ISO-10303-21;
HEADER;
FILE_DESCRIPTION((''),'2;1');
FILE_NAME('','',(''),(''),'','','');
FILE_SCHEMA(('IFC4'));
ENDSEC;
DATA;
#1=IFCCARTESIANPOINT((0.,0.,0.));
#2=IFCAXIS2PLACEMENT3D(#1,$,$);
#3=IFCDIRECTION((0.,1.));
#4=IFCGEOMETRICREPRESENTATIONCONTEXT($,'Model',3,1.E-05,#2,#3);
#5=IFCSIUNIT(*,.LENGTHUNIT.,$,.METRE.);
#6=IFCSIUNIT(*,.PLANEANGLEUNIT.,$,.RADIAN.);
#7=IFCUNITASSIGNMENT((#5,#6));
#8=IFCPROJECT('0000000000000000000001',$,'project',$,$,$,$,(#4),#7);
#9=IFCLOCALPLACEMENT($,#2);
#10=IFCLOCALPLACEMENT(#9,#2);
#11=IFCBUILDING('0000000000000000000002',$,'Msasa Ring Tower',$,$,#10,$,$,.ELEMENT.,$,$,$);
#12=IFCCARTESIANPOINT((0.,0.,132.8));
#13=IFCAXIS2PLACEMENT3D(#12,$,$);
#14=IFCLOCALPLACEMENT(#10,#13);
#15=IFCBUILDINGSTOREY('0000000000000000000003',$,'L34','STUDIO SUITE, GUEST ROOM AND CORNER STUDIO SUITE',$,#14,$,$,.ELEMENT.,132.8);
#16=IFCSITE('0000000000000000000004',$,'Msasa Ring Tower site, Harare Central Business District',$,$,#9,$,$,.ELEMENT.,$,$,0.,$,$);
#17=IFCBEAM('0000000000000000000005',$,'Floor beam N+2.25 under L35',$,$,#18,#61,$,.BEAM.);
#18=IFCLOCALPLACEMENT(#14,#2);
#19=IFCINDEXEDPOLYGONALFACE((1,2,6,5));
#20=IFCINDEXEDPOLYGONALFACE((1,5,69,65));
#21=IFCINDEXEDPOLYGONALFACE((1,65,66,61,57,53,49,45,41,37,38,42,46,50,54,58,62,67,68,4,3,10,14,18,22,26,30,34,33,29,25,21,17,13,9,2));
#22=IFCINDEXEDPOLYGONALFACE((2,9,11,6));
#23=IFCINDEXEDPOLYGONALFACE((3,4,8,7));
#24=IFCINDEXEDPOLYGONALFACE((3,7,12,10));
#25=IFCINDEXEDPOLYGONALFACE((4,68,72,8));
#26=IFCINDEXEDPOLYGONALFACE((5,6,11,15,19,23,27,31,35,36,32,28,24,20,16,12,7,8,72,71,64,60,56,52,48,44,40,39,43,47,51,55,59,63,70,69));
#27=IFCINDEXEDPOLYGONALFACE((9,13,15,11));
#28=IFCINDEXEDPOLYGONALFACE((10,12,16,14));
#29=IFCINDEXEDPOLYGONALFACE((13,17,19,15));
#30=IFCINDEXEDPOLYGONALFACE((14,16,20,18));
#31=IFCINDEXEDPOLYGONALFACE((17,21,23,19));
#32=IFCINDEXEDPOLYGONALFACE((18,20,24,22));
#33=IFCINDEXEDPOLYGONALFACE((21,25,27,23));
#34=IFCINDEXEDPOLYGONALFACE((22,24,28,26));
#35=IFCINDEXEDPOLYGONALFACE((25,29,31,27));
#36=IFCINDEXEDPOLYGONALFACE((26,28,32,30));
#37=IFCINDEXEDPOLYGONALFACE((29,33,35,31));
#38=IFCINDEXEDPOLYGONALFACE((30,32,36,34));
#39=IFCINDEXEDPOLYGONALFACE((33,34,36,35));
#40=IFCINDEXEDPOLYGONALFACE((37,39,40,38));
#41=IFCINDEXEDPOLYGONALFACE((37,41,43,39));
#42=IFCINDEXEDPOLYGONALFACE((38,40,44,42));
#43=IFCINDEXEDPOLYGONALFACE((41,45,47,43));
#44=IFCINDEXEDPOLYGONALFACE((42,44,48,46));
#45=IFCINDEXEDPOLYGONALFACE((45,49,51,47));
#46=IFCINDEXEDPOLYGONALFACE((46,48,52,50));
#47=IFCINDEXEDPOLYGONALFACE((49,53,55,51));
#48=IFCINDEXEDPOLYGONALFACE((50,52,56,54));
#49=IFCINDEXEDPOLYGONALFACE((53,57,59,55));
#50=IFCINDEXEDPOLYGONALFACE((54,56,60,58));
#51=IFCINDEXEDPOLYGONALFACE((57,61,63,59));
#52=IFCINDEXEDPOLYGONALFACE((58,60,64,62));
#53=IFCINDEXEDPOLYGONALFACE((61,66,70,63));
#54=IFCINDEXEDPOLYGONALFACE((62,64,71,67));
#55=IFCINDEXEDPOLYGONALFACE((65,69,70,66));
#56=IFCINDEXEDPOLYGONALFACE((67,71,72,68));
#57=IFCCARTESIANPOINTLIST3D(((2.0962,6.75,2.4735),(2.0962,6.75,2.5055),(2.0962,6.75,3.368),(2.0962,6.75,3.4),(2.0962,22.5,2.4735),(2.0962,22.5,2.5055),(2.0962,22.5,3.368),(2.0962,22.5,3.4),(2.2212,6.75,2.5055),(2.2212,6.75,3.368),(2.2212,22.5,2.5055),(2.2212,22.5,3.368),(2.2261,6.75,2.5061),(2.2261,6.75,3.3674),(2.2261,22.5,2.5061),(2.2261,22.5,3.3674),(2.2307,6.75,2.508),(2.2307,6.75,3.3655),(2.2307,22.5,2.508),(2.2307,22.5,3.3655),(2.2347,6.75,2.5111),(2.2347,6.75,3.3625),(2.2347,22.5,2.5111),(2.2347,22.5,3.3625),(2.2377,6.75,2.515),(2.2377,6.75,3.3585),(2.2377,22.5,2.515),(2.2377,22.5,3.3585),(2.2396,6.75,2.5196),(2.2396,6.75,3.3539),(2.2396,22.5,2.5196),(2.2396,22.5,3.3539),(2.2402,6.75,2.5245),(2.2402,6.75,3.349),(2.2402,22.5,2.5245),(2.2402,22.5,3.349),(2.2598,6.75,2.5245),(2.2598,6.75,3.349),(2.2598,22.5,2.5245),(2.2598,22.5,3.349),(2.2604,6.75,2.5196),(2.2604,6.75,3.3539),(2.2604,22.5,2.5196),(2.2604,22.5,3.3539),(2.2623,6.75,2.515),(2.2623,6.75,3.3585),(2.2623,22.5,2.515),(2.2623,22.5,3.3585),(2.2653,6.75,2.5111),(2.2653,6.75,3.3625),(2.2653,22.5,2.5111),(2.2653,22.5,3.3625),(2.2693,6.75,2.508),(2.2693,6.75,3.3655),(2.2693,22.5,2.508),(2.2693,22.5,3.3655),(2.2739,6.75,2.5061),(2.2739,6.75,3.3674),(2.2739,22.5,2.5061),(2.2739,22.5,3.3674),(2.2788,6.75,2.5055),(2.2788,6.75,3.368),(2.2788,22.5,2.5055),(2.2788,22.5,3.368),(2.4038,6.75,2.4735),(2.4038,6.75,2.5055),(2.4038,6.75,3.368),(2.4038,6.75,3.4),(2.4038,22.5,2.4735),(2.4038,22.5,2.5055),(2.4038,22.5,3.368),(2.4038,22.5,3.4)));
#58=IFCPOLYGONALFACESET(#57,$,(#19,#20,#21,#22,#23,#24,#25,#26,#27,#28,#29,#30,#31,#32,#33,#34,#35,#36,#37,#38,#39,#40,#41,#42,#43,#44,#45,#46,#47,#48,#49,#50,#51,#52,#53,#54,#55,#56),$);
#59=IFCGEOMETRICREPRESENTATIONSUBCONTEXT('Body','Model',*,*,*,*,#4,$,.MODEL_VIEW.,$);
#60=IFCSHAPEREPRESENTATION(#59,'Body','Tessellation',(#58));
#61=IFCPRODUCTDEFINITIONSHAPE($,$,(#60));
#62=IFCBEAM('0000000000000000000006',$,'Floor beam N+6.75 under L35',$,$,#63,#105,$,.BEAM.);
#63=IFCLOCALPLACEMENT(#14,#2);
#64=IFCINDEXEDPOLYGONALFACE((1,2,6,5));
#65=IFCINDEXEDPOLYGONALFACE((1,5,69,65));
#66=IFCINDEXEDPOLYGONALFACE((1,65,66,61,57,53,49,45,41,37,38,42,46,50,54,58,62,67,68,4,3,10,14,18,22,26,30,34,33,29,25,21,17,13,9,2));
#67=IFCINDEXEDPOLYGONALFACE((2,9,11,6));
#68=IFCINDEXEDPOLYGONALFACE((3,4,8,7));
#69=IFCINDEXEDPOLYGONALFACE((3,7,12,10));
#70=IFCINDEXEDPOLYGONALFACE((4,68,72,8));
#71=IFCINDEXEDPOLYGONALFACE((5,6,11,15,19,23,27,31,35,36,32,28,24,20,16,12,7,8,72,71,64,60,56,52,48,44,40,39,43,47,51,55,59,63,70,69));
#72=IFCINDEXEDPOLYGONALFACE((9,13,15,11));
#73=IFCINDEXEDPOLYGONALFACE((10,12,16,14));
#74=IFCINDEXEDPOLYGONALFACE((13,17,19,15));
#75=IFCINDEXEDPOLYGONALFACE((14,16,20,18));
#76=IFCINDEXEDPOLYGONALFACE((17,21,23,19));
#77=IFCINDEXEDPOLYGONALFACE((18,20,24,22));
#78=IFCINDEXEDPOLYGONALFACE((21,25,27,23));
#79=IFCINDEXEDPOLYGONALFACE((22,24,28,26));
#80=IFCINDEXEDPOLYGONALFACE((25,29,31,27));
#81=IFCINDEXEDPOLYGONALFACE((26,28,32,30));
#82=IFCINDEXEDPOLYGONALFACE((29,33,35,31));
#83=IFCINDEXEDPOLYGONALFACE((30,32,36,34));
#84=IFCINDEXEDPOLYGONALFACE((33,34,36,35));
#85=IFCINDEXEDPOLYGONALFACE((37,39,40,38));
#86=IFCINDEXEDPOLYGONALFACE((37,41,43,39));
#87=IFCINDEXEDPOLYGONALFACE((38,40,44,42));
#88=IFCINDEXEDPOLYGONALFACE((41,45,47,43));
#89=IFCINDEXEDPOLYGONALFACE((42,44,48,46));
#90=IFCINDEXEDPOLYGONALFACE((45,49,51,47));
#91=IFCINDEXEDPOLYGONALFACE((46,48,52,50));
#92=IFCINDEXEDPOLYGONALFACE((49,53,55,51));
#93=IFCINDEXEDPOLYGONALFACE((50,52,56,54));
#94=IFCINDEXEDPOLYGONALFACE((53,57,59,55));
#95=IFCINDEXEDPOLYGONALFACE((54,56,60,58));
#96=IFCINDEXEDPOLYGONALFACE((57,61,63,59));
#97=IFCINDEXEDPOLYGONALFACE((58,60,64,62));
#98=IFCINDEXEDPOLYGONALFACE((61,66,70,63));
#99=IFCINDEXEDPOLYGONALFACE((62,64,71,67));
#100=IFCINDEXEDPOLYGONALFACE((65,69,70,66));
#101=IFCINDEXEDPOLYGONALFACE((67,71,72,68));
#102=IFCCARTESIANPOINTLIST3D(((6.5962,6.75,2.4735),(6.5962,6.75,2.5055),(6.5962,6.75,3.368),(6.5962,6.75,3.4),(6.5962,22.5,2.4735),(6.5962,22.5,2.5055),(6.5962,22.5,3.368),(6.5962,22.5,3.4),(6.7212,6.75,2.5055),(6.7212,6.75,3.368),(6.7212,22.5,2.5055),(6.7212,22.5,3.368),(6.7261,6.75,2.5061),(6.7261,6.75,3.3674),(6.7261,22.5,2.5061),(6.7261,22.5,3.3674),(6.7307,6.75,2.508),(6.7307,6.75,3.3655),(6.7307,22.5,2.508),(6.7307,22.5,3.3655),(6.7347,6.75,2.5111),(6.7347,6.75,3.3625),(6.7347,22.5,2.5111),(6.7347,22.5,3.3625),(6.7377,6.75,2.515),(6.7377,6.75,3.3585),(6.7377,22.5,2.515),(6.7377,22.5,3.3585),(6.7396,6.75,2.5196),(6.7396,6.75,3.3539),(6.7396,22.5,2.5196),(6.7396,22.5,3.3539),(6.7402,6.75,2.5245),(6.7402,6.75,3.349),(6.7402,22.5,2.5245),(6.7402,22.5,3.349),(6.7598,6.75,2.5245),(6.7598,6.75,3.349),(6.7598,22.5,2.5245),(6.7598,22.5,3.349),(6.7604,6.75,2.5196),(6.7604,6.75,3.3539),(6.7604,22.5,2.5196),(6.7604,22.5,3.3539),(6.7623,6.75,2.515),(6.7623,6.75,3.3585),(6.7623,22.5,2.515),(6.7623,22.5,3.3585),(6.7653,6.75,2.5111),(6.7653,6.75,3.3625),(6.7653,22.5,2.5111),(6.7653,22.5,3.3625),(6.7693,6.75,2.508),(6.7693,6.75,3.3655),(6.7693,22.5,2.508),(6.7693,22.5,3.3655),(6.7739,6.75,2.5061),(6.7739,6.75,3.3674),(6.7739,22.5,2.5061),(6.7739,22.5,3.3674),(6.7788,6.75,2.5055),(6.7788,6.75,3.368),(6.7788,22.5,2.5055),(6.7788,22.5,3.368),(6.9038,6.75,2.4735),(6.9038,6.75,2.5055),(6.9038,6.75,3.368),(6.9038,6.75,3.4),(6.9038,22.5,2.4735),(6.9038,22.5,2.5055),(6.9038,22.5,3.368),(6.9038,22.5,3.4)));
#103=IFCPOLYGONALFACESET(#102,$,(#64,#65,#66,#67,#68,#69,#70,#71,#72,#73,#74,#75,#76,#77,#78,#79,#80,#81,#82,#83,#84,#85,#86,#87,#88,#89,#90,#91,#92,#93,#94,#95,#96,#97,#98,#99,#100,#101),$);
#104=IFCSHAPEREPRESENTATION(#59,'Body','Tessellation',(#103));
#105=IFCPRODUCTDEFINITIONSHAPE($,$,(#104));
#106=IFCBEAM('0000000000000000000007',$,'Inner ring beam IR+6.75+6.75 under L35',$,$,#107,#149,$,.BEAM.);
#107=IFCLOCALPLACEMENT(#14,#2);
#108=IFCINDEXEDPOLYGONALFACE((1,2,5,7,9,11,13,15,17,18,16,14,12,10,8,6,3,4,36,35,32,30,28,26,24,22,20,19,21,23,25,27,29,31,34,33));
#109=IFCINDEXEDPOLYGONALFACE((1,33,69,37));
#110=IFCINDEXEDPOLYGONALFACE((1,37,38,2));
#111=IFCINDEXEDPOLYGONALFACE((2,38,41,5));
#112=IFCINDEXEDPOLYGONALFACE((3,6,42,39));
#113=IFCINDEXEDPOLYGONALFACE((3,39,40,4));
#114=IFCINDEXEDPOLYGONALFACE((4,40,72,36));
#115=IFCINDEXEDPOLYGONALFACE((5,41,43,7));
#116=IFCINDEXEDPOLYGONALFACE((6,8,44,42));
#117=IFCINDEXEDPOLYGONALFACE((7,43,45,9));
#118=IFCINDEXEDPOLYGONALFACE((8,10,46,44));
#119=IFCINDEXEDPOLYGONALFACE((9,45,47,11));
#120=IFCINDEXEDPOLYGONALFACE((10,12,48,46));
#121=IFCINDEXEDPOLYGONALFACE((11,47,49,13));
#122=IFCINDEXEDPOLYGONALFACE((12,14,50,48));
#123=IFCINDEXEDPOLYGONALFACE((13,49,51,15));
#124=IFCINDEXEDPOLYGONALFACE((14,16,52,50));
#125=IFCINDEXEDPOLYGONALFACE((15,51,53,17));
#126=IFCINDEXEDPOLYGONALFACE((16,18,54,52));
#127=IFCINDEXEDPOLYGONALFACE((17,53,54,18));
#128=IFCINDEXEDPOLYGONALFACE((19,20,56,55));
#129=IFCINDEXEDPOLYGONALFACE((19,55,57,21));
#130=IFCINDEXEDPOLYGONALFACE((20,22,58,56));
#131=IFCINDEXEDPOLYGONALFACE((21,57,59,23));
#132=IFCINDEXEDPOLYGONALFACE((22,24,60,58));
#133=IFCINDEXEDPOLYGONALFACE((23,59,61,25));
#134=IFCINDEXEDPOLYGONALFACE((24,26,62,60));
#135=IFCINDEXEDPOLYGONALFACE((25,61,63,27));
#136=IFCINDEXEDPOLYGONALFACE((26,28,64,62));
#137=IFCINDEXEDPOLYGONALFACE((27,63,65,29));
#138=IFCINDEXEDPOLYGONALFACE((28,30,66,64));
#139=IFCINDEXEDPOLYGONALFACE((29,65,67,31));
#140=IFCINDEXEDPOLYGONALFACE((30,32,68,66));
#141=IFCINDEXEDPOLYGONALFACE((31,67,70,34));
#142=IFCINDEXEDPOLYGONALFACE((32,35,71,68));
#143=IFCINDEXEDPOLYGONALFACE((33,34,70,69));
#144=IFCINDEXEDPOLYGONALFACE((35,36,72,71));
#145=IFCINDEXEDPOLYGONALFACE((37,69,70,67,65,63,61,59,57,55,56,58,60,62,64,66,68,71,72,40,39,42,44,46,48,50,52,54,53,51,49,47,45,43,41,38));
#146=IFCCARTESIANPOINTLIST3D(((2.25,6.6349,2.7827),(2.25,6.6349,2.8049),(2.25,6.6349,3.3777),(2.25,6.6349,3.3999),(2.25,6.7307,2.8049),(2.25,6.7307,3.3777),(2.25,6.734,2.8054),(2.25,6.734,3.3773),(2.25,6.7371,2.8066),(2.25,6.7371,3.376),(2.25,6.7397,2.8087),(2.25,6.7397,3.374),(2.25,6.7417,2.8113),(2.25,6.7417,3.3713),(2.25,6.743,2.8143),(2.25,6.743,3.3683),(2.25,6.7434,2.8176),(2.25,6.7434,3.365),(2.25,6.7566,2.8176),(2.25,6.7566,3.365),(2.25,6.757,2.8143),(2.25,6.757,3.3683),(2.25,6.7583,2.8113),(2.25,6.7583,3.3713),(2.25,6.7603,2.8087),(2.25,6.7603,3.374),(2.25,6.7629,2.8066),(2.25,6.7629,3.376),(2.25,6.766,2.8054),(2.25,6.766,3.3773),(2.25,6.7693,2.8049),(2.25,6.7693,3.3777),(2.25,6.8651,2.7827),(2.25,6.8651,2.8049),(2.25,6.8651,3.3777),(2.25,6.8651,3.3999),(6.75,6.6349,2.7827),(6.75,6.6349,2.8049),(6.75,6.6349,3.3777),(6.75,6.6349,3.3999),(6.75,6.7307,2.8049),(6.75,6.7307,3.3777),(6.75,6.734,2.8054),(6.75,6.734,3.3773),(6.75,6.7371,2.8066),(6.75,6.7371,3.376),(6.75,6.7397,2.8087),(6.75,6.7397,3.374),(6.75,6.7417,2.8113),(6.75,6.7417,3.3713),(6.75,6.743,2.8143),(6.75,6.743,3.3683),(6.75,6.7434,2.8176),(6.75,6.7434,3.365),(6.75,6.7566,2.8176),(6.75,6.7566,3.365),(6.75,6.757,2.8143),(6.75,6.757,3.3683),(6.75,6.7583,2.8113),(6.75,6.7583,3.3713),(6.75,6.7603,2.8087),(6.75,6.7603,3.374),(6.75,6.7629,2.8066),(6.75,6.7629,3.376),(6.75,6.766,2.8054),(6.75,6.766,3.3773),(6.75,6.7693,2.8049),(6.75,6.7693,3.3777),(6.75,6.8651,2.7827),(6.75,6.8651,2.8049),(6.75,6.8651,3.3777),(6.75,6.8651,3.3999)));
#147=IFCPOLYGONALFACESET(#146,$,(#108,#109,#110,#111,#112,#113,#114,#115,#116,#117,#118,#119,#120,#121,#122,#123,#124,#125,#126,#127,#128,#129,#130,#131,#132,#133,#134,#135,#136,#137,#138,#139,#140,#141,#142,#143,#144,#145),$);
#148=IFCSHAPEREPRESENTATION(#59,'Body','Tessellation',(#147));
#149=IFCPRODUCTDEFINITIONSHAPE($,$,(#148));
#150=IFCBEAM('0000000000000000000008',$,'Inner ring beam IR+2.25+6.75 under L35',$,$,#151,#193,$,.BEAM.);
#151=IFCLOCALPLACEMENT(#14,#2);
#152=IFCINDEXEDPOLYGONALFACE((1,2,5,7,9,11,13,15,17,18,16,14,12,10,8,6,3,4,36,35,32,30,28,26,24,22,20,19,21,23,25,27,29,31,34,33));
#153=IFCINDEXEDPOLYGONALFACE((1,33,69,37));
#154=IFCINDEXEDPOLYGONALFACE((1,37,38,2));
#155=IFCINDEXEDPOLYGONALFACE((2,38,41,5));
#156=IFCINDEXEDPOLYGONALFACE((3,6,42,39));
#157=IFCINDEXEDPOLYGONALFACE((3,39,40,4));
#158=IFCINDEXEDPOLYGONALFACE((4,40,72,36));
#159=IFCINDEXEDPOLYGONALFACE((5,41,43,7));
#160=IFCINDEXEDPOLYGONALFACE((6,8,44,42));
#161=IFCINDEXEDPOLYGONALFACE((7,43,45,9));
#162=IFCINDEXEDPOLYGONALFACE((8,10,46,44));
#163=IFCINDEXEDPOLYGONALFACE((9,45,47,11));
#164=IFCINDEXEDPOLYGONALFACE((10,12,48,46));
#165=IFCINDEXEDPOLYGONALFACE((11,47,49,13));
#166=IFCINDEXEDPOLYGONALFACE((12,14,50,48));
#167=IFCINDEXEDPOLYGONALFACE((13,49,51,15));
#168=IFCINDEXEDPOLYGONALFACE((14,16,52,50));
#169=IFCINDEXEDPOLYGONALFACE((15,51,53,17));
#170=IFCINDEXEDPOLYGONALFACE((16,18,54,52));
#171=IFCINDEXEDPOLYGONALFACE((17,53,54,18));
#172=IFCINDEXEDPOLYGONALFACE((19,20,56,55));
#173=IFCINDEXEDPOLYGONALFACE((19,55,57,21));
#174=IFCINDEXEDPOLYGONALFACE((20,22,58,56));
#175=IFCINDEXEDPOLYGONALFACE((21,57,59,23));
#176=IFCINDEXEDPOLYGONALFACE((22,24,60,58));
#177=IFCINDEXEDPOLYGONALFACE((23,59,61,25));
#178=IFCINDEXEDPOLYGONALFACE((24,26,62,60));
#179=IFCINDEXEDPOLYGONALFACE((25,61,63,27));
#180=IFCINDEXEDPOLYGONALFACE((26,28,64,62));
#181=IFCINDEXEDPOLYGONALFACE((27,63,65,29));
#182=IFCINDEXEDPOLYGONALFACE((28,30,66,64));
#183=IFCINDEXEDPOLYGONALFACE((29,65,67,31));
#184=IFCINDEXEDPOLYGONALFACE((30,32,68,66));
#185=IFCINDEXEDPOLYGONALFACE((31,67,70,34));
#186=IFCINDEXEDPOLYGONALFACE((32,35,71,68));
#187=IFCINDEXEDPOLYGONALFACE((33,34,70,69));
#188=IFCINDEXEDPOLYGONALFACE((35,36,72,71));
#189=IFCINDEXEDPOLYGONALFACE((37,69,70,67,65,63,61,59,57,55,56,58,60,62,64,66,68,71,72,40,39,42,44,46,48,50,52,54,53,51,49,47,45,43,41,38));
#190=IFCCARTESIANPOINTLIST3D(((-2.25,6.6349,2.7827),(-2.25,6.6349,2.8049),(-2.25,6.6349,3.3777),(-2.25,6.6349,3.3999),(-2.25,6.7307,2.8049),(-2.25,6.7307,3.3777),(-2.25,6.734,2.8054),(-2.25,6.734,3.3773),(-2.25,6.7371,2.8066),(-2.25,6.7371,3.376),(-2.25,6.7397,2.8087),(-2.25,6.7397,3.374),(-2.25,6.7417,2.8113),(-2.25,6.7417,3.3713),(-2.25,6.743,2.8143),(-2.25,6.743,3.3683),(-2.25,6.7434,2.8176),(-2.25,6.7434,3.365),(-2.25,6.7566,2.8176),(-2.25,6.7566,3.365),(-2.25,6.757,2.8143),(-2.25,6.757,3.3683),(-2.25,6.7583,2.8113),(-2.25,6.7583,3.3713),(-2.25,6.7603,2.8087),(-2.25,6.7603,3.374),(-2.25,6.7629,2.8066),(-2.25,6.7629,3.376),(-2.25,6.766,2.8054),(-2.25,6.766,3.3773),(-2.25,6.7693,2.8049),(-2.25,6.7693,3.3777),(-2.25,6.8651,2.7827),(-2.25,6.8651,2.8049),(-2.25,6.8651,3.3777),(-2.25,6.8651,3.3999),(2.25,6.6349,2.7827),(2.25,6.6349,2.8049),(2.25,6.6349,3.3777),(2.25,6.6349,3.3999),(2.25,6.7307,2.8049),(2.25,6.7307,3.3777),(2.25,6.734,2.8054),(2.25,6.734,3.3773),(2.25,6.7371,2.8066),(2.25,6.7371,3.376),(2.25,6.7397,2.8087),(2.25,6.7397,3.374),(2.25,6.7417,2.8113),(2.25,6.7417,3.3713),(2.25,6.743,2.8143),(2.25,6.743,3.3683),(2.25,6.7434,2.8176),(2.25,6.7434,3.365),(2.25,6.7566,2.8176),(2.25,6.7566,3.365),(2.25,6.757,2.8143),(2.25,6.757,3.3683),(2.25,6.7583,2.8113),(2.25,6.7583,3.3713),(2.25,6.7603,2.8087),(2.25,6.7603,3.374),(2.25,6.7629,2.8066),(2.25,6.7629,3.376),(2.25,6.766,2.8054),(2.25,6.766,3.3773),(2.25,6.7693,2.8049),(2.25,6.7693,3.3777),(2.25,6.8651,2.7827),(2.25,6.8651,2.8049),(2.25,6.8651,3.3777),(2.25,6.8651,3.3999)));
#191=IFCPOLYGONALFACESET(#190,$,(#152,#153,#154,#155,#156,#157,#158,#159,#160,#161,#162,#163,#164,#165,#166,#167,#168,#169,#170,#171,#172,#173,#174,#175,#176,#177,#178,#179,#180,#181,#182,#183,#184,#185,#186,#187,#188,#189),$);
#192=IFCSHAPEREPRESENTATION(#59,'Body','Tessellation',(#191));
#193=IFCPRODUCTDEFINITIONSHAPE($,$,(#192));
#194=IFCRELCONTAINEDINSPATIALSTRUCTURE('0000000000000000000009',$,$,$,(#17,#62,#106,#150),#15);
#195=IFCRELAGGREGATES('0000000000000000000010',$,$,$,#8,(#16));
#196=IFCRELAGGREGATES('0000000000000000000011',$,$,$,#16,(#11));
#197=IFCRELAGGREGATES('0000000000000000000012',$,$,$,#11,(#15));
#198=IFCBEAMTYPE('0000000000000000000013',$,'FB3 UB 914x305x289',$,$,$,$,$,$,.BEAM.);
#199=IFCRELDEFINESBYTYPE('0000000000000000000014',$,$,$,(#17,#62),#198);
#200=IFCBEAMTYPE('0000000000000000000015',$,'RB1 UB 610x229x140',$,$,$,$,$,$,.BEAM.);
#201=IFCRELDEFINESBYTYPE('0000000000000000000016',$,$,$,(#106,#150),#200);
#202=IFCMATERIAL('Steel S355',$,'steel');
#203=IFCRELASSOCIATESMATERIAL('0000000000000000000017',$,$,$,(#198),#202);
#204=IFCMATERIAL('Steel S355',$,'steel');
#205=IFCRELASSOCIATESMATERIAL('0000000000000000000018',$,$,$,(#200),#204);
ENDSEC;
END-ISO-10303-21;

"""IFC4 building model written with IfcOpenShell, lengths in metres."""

from ifc_helpers import new_model, si_unit, direction, frame, origin, origin_2d, place, context, subcontext, project, spatial, i_section, extrude, material, material_profile, profile_set, type_object, element, save


model = new_model("IFC4")

# Units and contexts
model_context = context("Model", 3, precision=1e-05, world=origin(), true_north=direction((0.0, 1.0)))
body_context = subcontext(model_context, "Body", "Model", "MODEL_VIEW")
ifc_project = project(units=[si_unit("LENGTHUNIT", "METRE"), si_unit("PLANEANGLEUNIT", "RADIAN")], contexts=[model_context])

# Site, building, storey
site_placement = place(None, origin())
site = spatial("IfcSite", under=ifc_project, at=site_placement, Name="Msasa Ring Tower site, Harare Central Business District", CompositionType="ELEMENT", RefElevation=0.0)
building_placement = place(site_placement, origin())
building = spatial("IfcBuilding", under=site, at=building_placement, Name="Msasa Ring Tower", CompositionType="ELEMENT")
storey_placement = place(building_placement, frame((0.0, 0.0, 132.8)))
storey = spatial("IfcBuildingStorey", under=building, at=storey_placement, Name="L34", Description="STUDIO SUITE, GUEST ROOM AND CORNER STUDIO SUITE", CompositionType="ELEMENT", Elevation=132.8)

# Beams
ifc_material_1 = material(Name="Steel S355", Category="steel")
ifc_material_profile_1 = material_profile(ifc_material_1, i_section(OverallWidth=0.3076, OverallDepth=0.9265, WebThickness=0.0195, FlangeThickness=0.032, FilletRadius=0.019, at=origin_2d()), Name="UB 914x305x289")
ifc_profile_set_1 = profile_set([ifc_material_profile_1], Name="Steel S355")
beam_type_1 = type_object("IfcBeamType", Name="FB3 UB 914x305x289", PredefinedType="BEAM", material=ifc_profile_set_1)
for number, where, z_axis, x_axis, name in (
    (1, (2.25, 22.5, 2.9368), (0.0, -1.0, 0.0), (1.0, 0.0, 0.0), "Floor beam N+2.25 under L35"),
    (2, (6.75, 22.5, 2.9368), (0.0, -1.0, 0.0), (1.0, 0.0, 0.0), "Floor beam N+6.75 under L35"),
):
    element("IfcBeam", number, at=place(storey_placement, frame(where, z_axis=z_axis, x_axis=x_axis)), inside=storey, type_object=beam_type_1, Name=name, PredefinedType="BEAM", context=body_context, shape_type="SweptSolid", body=[
        extrude(i_section(OverallWidth=0.3076, OverallDepth=0.9265, WebThickness=0.0195, FlangeThickness=0.032, FilletRadius=0.019, at=origin_2d()), origin(), (0.0, 0.0, 1.0), 15.75),
    ])
ifc_material_2 = material(Name="Steel S355", Category="steel")
ifc_material_profile_2 = material_profile(ifc_material_2, i_section(OverallWidth=0.2302, OverallDepth=0.6172, WebThickness=0.0132, FlangeThickness=0.0222, FilletRadius=0.0127, at=origin_2d()), Name="UB 610x229x140")
ifc_profile_set_2 = profile_set([ifc_material_profile_2], Name="Steel S355")
beam_type_2 = type_object("IfcBeamType", Name="RB1 UB 610x229x140", PredefinedType="BEAM", material=ifc_profile_set_2)
for number, where, z_axis, x_axis, name in (
    (3, (6.75, 6.75, 3.0913), (-1.0, 0.0, 0.0), (0.0, -1.0, 0.0), "Inner ring beam IR+6.75+6.75 under L35"),
    (4, (2.25, 6.75, 3.0913), (-1.0, 0.0, 0.0), (0.0, -1.0, 0.0), "Inner ring beam IR+2.25+6.75 under L35"),
):
    element("IfcBeam", number, at=place(storey_placement, frame(where, z_axis=z_axis, x_axis=x_axis)), inside=storey, type_object=beam_type_2, Name=name, PredefinedType="BEAM", context=body_context, shape_type="SweptSolid", body=[
        extrude(i_section(OverallWidth=0.2302, OverallDepth=0.6172, WebThickness=0.0132, FlangeThickness=0.0222, FilletRadius=0.0127, at=origin_2d()), origin(), (0.0, 0.0, 1.0), 4.5),
    ])

save(model, "model.ifc")
